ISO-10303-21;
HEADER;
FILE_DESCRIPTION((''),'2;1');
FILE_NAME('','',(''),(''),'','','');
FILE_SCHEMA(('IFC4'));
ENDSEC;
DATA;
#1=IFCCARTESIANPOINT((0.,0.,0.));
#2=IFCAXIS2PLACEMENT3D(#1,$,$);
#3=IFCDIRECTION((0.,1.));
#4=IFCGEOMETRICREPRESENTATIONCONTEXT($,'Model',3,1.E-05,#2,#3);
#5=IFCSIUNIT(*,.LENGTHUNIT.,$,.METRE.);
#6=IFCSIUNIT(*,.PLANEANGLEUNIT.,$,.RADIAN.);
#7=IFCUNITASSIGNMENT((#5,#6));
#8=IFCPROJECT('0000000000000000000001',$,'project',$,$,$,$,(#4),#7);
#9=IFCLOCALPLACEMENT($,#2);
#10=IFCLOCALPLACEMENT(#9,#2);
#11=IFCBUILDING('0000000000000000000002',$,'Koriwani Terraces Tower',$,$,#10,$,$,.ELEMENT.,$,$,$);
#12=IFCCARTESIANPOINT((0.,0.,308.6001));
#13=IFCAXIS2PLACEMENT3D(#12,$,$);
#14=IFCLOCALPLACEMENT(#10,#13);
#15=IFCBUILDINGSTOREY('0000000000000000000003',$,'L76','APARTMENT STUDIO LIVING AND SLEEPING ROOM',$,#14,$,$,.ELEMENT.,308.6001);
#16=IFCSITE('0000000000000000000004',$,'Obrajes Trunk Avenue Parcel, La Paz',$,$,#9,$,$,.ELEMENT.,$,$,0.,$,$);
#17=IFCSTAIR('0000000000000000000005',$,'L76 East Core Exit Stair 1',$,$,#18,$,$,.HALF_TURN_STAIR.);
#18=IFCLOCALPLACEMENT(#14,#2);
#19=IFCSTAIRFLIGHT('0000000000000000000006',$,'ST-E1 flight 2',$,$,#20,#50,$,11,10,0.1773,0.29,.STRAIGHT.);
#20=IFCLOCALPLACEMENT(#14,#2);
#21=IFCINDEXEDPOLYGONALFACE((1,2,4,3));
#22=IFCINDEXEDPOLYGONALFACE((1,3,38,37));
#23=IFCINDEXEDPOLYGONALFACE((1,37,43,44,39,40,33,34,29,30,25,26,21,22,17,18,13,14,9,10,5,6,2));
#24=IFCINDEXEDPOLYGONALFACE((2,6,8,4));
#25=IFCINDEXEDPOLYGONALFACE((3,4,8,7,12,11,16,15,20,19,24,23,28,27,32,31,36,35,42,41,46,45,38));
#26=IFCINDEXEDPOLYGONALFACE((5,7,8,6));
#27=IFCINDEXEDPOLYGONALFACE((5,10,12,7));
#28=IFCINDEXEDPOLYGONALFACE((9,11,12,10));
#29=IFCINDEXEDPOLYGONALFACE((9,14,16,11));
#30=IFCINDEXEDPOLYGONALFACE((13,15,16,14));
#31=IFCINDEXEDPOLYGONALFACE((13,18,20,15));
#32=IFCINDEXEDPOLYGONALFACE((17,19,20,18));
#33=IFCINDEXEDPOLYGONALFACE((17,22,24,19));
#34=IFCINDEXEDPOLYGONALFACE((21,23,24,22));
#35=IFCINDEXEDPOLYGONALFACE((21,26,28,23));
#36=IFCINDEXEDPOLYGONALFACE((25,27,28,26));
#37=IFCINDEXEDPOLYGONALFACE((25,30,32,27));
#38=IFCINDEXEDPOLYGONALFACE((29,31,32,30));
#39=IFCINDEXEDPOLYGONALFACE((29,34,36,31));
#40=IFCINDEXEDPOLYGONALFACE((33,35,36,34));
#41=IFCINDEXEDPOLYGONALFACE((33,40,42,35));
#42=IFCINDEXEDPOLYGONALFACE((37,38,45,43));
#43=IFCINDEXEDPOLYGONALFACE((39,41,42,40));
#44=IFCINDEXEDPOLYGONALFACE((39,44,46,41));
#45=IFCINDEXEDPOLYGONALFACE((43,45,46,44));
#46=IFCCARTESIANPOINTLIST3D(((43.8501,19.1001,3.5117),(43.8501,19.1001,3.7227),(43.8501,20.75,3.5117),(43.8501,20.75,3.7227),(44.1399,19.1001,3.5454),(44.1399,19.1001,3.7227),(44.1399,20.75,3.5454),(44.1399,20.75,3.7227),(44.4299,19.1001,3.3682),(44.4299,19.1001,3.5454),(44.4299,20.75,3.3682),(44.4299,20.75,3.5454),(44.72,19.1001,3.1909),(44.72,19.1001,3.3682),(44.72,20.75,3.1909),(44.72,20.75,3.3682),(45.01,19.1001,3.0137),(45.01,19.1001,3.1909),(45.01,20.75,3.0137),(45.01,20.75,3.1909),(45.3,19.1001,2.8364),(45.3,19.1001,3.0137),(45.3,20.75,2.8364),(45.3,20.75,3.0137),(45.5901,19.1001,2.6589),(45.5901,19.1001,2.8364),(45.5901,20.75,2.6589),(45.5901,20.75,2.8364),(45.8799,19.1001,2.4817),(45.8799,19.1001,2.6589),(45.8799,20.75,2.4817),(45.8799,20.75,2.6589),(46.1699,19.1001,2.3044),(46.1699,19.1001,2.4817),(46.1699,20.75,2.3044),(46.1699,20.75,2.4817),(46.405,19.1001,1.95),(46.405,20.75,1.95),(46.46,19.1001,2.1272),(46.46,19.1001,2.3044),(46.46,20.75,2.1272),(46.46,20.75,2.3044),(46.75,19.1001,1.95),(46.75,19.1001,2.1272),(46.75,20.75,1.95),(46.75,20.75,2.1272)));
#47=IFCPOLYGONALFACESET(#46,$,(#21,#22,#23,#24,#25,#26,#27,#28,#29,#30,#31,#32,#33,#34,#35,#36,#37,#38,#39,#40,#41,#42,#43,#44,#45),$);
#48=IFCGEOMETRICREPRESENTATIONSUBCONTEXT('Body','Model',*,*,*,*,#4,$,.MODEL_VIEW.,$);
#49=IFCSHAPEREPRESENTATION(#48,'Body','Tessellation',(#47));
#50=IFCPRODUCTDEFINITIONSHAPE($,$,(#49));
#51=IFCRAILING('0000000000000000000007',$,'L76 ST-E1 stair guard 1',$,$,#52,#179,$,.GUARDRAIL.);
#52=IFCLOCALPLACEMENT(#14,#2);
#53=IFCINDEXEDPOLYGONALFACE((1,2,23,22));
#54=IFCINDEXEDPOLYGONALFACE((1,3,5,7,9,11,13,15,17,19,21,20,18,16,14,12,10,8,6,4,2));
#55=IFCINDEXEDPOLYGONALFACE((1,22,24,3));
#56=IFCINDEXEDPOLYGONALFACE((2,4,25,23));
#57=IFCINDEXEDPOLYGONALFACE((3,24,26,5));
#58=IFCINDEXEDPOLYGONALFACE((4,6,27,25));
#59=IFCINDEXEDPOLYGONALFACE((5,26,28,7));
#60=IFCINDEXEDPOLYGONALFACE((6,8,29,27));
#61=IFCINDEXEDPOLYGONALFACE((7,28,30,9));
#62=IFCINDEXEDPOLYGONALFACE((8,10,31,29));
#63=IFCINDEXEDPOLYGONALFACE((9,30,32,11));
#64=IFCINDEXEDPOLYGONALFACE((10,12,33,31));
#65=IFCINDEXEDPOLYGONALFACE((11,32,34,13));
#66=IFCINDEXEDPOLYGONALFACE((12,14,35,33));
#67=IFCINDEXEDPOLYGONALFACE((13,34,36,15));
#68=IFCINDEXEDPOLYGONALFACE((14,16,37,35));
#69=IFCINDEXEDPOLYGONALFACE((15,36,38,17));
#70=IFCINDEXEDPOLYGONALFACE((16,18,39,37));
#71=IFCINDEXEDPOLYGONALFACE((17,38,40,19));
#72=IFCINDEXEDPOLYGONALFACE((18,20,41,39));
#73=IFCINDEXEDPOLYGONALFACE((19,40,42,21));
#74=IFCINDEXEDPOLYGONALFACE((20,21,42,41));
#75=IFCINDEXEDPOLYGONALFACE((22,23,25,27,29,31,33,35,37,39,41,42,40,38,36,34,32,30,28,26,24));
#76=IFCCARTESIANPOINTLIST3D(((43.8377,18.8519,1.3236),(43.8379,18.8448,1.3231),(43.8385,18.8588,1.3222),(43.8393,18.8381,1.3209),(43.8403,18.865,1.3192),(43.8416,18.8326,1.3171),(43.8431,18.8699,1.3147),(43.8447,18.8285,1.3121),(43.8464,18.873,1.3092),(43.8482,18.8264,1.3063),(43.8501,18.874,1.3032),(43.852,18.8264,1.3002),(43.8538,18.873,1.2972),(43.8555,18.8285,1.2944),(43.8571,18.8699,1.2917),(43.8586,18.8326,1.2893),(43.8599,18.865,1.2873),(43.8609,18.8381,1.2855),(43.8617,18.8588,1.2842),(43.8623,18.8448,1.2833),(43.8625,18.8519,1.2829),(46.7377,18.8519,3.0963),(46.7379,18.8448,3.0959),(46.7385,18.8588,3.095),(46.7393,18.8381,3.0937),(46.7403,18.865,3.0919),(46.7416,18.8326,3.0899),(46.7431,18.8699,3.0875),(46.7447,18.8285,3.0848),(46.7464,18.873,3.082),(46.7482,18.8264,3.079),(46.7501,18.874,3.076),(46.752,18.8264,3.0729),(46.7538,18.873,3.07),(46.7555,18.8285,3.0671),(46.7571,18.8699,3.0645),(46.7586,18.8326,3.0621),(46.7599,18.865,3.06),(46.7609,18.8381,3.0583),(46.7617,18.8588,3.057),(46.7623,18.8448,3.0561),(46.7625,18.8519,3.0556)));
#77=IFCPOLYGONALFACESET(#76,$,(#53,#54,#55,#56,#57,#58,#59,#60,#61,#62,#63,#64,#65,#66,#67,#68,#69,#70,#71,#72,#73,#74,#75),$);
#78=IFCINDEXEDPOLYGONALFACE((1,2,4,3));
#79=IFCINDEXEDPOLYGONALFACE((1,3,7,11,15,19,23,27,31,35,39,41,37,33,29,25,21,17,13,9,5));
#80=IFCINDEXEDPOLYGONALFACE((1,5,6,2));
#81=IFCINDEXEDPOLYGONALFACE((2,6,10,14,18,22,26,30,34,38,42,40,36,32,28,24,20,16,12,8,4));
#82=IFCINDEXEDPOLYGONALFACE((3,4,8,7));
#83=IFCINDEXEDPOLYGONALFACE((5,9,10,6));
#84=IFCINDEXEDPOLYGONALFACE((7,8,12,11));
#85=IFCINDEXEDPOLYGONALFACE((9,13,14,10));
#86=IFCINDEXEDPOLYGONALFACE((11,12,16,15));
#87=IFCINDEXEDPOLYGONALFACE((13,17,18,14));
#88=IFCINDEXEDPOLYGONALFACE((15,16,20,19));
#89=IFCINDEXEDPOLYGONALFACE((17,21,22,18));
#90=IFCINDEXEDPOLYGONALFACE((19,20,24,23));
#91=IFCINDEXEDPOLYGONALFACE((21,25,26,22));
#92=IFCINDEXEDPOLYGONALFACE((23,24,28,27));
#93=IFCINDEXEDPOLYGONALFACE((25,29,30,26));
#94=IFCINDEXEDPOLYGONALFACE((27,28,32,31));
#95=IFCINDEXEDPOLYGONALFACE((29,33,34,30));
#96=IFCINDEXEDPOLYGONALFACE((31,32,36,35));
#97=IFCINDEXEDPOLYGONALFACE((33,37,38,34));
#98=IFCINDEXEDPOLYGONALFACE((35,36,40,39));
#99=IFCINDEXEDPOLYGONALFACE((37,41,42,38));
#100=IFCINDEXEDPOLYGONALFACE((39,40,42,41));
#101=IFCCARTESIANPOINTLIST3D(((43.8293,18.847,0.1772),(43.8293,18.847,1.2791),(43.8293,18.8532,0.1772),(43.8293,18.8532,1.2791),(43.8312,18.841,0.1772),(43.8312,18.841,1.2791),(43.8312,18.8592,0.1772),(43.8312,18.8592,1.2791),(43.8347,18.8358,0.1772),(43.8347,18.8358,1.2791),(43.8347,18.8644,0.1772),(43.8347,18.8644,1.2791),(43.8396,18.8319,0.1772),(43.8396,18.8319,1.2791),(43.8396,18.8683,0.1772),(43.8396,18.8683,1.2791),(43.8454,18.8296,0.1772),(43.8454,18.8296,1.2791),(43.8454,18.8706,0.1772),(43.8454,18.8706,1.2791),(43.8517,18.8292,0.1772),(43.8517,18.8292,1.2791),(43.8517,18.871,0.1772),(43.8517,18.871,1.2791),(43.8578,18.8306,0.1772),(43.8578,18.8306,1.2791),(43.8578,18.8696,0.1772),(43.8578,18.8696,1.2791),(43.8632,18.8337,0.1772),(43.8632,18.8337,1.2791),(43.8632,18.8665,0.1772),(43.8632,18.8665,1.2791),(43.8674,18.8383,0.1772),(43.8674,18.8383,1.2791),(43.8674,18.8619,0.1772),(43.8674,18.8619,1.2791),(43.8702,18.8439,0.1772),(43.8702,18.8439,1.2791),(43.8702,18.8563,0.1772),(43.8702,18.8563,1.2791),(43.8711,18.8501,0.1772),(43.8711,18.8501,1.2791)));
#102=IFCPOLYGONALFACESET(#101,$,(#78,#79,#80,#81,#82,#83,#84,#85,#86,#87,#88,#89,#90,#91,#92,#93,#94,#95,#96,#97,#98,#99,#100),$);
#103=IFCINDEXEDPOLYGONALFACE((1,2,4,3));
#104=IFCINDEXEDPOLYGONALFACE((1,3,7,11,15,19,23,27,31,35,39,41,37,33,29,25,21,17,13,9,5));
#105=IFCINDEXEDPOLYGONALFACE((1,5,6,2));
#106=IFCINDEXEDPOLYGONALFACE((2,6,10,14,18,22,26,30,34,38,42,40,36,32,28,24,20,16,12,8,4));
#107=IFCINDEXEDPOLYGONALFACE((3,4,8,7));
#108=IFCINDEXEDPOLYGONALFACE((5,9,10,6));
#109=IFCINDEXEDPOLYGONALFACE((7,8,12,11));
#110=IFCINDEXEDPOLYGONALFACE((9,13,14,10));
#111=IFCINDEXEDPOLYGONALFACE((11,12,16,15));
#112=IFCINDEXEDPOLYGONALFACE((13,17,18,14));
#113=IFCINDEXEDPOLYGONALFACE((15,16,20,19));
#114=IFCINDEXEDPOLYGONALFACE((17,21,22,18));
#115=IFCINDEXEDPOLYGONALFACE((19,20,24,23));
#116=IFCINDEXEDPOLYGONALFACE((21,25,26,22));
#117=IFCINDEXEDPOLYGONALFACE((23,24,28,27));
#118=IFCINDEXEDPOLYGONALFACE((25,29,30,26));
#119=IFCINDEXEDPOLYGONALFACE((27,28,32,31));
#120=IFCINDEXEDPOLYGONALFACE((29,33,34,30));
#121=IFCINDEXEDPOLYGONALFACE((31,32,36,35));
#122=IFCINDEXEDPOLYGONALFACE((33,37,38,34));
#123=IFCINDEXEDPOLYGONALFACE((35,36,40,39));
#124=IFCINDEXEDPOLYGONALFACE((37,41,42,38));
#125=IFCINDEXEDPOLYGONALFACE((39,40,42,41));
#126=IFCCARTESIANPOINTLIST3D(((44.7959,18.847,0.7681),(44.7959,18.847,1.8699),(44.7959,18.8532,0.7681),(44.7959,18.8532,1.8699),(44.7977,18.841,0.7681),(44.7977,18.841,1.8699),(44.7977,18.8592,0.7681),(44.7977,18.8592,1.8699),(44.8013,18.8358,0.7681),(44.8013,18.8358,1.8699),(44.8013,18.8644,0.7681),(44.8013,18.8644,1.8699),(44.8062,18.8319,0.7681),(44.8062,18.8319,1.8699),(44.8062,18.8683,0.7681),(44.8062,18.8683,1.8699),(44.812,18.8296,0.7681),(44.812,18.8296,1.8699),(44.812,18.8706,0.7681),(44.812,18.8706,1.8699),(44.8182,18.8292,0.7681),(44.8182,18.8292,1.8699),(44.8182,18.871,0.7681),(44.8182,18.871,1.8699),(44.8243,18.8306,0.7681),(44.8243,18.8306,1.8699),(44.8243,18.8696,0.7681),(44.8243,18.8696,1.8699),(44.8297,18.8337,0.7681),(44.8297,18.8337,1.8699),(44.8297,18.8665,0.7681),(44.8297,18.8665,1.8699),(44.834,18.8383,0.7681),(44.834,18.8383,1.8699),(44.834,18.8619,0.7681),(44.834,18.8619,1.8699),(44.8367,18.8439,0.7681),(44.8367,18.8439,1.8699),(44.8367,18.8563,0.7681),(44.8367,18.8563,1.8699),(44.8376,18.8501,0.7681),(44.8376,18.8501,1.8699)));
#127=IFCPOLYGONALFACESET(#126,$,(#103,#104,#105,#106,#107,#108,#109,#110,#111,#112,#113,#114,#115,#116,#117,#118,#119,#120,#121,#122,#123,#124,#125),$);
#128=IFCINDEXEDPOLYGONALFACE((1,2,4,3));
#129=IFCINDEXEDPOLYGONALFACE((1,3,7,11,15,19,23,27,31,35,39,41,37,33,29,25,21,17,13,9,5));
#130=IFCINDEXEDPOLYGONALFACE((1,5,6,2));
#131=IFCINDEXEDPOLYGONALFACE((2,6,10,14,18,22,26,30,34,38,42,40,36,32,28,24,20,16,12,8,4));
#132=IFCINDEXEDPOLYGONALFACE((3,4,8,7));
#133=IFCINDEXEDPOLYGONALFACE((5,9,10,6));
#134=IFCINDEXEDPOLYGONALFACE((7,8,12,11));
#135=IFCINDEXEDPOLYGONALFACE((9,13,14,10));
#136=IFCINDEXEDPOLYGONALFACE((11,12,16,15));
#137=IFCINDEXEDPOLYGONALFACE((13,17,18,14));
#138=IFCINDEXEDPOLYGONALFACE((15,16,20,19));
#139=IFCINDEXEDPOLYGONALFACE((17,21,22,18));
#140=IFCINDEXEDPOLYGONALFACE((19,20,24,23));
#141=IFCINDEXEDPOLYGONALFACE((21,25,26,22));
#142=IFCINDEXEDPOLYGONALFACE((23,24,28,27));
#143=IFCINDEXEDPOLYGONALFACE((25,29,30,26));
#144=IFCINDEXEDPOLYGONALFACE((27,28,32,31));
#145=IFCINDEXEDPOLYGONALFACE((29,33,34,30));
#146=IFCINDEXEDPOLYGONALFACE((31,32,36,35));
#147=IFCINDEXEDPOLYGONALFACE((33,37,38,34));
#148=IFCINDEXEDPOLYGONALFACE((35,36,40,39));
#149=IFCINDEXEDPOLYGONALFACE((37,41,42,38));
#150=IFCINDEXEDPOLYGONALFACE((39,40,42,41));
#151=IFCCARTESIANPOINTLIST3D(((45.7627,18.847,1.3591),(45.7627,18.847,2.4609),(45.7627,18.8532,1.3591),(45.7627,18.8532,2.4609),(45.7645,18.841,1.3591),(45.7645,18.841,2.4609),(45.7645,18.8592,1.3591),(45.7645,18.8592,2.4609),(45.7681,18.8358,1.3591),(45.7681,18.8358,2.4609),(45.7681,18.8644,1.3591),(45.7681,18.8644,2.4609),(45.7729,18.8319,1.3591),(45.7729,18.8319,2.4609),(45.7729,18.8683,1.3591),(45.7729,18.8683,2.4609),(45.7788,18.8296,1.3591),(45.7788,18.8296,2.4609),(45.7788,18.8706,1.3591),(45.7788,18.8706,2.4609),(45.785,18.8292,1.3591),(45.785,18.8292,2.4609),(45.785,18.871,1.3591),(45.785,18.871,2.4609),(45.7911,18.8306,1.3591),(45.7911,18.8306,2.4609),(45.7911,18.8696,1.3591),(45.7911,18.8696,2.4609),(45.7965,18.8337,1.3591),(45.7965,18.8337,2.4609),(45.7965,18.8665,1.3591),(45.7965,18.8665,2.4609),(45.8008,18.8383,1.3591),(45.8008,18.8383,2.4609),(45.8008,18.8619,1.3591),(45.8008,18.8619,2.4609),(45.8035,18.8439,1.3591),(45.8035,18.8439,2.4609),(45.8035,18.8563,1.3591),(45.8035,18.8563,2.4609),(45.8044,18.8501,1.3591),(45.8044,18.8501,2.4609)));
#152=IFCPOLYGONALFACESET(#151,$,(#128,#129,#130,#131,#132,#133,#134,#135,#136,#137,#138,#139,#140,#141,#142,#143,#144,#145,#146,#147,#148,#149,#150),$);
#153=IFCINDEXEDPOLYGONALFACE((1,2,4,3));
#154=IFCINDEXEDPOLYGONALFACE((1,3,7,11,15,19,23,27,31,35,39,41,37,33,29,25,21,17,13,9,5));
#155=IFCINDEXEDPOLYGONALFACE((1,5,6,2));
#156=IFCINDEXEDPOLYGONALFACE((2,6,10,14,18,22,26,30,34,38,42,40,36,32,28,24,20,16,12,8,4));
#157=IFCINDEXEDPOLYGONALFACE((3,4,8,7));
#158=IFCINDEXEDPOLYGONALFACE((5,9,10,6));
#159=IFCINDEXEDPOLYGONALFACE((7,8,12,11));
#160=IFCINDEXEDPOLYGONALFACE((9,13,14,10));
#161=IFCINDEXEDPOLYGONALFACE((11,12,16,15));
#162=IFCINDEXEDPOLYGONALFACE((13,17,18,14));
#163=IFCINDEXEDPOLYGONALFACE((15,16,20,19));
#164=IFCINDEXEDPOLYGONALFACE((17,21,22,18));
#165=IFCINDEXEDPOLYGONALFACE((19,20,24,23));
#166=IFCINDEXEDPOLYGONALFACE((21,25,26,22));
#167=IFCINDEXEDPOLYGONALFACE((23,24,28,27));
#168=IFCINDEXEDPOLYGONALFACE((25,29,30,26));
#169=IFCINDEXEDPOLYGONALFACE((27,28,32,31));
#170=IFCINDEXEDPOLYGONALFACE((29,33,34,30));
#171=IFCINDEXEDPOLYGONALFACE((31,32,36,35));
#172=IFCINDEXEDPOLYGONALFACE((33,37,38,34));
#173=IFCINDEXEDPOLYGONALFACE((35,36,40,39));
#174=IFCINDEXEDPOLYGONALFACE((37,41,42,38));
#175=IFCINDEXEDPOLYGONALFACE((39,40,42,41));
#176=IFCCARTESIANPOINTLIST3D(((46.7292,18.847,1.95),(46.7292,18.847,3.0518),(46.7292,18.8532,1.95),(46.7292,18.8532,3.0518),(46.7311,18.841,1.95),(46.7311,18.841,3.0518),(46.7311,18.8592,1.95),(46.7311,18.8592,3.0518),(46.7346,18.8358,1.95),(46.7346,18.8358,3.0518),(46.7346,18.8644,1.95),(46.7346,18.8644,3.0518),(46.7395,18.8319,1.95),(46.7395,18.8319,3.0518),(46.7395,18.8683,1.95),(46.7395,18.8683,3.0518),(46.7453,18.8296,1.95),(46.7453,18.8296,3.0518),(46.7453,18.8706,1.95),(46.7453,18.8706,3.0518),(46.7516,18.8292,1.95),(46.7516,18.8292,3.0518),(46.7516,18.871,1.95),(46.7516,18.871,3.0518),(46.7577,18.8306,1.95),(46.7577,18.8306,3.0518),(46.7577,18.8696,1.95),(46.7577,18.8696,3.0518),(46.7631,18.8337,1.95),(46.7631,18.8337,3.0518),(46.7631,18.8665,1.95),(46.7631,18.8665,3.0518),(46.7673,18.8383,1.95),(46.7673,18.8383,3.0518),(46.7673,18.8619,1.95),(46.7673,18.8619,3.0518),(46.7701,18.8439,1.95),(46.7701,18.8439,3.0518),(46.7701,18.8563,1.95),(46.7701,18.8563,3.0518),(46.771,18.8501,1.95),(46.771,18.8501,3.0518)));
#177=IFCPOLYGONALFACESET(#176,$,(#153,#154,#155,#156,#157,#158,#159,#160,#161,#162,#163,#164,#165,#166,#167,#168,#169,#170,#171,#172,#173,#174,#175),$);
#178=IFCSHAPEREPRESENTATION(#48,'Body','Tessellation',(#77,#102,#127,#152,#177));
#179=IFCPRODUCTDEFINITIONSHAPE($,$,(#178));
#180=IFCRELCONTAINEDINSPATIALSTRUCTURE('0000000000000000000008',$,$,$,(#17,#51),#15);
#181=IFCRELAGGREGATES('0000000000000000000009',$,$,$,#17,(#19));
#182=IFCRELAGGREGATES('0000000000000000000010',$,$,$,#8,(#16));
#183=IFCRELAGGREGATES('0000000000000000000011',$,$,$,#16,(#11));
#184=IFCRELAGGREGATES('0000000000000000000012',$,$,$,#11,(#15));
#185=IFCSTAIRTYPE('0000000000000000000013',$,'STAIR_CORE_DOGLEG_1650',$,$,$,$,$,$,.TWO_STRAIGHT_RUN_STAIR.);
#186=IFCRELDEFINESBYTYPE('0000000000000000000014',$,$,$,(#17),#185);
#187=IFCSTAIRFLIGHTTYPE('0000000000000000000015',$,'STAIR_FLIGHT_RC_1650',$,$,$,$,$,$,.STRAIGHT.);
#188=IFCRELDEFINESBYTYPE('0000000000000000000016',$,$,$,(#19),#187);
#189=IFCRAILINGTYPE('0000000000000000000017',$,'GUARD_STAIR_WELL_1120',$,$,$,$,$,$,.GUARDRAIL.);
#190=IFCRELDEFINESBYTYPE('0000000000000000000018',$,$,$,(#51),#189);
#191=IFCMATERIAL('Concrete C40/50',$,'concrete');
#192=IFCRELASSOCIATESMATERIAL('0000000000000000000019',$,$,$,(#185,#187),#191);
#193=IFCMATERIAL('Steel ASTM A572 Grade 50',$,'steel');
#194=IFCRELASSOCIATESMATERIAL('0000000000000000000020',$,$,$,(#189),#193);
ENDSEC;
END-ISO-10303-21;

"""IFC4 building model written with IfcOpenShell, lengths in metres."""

from ifc_helpers import new_model, si_unit, direction, frame, origin, origin_2d, place, context, subcontext, project, spatial, polyline, circle, outline, extrude, material, type_object, element, aggregate, save


model = new_model("IFC4")

# Units and contexts
model_context = context("Model", 3, precision=1e-05, world=origin(), true_north=direction((0.0, 1.0)))
body_context = subcontext(model_context, "Body", "Model", "MODEL_VIEW")
ifc_project = project(units=[si_unit("LENGTHUNIT", "METRE"), si_unit("PLANEANGLEUNIT", "RADIAN")], contexts=[model_context])

# Site, building, storey
site_placement = place(None, origin())
site = spatial("IfcSite", under=ifc_project, at=site_placement, Name="Obrajes Trunk Avenue Parcel, La Paz", CompositionType="ELEMENT", RefElevation=0.0)
building_placement = place(site_placement, origin())
building = spatial("IfcBuilding", under=site, at=building_placement, Name="Koriwani Terraces Tower", CompositionType="ELEMENT")
storey_placement = place(building_placement, frame((0.0, 0.0, 308.6001)))
storey = spatial("IfcBuildingStorey", under=building, at=storey_placement, Name="L76", Description="APARTMENT STUDIO LIVING AND SLEEPING ROOM", CompositionType="ELEMENT", Elevation=308.6001)

# Shared definitions
ifc_material_1 = material(Name="Concrete C40/50", Category="concrete")

# Shared definitions
ifc_material_2 = material(Name="Steel ASTM A572 Grade 50", Category="steel")

# Stair, stair flight
stair_type = type_object("IfcStairType", Name="STAIR_CORE_DOGLEG_1650", PredefinedType="TWO_STRAIGHT_RUN_STAIR", material=ifc_material_1)
stair_placement = place(storey_placement, origin())
stair = element("IfcStair", 1, at=stair_placement, inside=storey, type_object=stair_type, Name="L76 East Core Exit Stair 1", PredefinedType="HALF_TURN_STAIR")
stair_flight_type = type_object("IfcStairFlightType", Name="STAIR_FLIGHT_RC_1650", PredefinedType="STRAIGHT", material=ifc_material_1)
stair_flight_1_placement = place(storey_placement, frame((46.75, 19.925, 1.95), z_axis=(0.0, 0.0, 1.0), x_axis=(-1.0, 0.0, 0.0)))
stair_flight_1 = element("IfcStairFlight", 2, at=stair_flight_1_placement, type_object=stair_flight_type, Name="ST-E1 flight 2", NumberOfRisers=11, NumberOfTreads=10, PredefinedType="STRAIGHT", RiserHeight=0.1773, TreadLength=0.29, context=body_context, shape_type="SweptSolid", body=[
    extrude(outline(polyline([(0.0, 0.0), (0.0, 0.1772), (0.29, 0.1772), (0.29, 0.3545), (0.5801, 0.3545), (0.5801, 0.5317), (0.8701, 0.5317), (0.8701, 0.709), (1.1599, 0.709), (1.1599, 0.8865), (1.45, 0.8865), (1.45, 1.0637), (1.74, 1.0637), (1.74, 1.241), (2.03, 1.241), (2.03, 1.4182), (2.3201, 1.4182), (2.3201, 1.5955), (2.6101, 1.5955), (2.6101, 1.7727), (2.8999, 1.7727), (2.8999, 1.95), (2.8999, 1.5618), (0.345, 0.0), (0.0, 0.0)])), frame((0.0, 0.825, 0.0), z_axis=(0.0, -1.0, 0.0), x_axis=(1.0, 0.0, 0.0)), (0.0, 0.0, 1.0), 1.6499),
])
aggregate(stair, [stair_flight_1])

# Railing
railing_type_1 = type_object("IfcRailingType", Name="GUARD_STAIR_WELL_1120", PredefinedType="GUARDRAIL", material=ifc_material_2)
railing_1_placement = place(storey_placement, frame((43.8501, 18.8501, 0.1772)))
element("IfcRailing", 3, at=railing_1_placement, inside=storey, type_object=railing_type_1, Name="L76 ST-E1 stair guard 1", PredefinedType="GUARDRAIL", context=body_context, shape_type="SweptSolid", body=[
    extrude(circle(Radius=0.0239, at=origin_2d()), frame((0.0, 0.0, 1.126), z_axis=(0.853211, 0.0, 0.521566), x_axis=(0.0, 1.0, 0.0)), (0.0, 0.0, 1.0), 3.3989),
    extrude(circle(Radius=0.021, at=origin_2d()), origin(), (0.0, 0.0, 1.0), 1.1018),
    extrude(circle(Radius=0.021, at=origin_2d()), frame((0.9666, 0.0, 0.5908)), (0.0, 0.0, 1.0), 1.1018),
    extrude(circle(Radius=0.021, at=origin_2d()), frame((1.9333, 0.0, 1.1819)), (0.0, 0.0, 1.0), 1.1018),
    extrude(circle(Radius=0.021, at=origin_2d()), frame((2.8999, 0.0, 1.7727)), (0.0, 0.0, 1.0), 1.1018),
])

save(model, "model.ifc")
